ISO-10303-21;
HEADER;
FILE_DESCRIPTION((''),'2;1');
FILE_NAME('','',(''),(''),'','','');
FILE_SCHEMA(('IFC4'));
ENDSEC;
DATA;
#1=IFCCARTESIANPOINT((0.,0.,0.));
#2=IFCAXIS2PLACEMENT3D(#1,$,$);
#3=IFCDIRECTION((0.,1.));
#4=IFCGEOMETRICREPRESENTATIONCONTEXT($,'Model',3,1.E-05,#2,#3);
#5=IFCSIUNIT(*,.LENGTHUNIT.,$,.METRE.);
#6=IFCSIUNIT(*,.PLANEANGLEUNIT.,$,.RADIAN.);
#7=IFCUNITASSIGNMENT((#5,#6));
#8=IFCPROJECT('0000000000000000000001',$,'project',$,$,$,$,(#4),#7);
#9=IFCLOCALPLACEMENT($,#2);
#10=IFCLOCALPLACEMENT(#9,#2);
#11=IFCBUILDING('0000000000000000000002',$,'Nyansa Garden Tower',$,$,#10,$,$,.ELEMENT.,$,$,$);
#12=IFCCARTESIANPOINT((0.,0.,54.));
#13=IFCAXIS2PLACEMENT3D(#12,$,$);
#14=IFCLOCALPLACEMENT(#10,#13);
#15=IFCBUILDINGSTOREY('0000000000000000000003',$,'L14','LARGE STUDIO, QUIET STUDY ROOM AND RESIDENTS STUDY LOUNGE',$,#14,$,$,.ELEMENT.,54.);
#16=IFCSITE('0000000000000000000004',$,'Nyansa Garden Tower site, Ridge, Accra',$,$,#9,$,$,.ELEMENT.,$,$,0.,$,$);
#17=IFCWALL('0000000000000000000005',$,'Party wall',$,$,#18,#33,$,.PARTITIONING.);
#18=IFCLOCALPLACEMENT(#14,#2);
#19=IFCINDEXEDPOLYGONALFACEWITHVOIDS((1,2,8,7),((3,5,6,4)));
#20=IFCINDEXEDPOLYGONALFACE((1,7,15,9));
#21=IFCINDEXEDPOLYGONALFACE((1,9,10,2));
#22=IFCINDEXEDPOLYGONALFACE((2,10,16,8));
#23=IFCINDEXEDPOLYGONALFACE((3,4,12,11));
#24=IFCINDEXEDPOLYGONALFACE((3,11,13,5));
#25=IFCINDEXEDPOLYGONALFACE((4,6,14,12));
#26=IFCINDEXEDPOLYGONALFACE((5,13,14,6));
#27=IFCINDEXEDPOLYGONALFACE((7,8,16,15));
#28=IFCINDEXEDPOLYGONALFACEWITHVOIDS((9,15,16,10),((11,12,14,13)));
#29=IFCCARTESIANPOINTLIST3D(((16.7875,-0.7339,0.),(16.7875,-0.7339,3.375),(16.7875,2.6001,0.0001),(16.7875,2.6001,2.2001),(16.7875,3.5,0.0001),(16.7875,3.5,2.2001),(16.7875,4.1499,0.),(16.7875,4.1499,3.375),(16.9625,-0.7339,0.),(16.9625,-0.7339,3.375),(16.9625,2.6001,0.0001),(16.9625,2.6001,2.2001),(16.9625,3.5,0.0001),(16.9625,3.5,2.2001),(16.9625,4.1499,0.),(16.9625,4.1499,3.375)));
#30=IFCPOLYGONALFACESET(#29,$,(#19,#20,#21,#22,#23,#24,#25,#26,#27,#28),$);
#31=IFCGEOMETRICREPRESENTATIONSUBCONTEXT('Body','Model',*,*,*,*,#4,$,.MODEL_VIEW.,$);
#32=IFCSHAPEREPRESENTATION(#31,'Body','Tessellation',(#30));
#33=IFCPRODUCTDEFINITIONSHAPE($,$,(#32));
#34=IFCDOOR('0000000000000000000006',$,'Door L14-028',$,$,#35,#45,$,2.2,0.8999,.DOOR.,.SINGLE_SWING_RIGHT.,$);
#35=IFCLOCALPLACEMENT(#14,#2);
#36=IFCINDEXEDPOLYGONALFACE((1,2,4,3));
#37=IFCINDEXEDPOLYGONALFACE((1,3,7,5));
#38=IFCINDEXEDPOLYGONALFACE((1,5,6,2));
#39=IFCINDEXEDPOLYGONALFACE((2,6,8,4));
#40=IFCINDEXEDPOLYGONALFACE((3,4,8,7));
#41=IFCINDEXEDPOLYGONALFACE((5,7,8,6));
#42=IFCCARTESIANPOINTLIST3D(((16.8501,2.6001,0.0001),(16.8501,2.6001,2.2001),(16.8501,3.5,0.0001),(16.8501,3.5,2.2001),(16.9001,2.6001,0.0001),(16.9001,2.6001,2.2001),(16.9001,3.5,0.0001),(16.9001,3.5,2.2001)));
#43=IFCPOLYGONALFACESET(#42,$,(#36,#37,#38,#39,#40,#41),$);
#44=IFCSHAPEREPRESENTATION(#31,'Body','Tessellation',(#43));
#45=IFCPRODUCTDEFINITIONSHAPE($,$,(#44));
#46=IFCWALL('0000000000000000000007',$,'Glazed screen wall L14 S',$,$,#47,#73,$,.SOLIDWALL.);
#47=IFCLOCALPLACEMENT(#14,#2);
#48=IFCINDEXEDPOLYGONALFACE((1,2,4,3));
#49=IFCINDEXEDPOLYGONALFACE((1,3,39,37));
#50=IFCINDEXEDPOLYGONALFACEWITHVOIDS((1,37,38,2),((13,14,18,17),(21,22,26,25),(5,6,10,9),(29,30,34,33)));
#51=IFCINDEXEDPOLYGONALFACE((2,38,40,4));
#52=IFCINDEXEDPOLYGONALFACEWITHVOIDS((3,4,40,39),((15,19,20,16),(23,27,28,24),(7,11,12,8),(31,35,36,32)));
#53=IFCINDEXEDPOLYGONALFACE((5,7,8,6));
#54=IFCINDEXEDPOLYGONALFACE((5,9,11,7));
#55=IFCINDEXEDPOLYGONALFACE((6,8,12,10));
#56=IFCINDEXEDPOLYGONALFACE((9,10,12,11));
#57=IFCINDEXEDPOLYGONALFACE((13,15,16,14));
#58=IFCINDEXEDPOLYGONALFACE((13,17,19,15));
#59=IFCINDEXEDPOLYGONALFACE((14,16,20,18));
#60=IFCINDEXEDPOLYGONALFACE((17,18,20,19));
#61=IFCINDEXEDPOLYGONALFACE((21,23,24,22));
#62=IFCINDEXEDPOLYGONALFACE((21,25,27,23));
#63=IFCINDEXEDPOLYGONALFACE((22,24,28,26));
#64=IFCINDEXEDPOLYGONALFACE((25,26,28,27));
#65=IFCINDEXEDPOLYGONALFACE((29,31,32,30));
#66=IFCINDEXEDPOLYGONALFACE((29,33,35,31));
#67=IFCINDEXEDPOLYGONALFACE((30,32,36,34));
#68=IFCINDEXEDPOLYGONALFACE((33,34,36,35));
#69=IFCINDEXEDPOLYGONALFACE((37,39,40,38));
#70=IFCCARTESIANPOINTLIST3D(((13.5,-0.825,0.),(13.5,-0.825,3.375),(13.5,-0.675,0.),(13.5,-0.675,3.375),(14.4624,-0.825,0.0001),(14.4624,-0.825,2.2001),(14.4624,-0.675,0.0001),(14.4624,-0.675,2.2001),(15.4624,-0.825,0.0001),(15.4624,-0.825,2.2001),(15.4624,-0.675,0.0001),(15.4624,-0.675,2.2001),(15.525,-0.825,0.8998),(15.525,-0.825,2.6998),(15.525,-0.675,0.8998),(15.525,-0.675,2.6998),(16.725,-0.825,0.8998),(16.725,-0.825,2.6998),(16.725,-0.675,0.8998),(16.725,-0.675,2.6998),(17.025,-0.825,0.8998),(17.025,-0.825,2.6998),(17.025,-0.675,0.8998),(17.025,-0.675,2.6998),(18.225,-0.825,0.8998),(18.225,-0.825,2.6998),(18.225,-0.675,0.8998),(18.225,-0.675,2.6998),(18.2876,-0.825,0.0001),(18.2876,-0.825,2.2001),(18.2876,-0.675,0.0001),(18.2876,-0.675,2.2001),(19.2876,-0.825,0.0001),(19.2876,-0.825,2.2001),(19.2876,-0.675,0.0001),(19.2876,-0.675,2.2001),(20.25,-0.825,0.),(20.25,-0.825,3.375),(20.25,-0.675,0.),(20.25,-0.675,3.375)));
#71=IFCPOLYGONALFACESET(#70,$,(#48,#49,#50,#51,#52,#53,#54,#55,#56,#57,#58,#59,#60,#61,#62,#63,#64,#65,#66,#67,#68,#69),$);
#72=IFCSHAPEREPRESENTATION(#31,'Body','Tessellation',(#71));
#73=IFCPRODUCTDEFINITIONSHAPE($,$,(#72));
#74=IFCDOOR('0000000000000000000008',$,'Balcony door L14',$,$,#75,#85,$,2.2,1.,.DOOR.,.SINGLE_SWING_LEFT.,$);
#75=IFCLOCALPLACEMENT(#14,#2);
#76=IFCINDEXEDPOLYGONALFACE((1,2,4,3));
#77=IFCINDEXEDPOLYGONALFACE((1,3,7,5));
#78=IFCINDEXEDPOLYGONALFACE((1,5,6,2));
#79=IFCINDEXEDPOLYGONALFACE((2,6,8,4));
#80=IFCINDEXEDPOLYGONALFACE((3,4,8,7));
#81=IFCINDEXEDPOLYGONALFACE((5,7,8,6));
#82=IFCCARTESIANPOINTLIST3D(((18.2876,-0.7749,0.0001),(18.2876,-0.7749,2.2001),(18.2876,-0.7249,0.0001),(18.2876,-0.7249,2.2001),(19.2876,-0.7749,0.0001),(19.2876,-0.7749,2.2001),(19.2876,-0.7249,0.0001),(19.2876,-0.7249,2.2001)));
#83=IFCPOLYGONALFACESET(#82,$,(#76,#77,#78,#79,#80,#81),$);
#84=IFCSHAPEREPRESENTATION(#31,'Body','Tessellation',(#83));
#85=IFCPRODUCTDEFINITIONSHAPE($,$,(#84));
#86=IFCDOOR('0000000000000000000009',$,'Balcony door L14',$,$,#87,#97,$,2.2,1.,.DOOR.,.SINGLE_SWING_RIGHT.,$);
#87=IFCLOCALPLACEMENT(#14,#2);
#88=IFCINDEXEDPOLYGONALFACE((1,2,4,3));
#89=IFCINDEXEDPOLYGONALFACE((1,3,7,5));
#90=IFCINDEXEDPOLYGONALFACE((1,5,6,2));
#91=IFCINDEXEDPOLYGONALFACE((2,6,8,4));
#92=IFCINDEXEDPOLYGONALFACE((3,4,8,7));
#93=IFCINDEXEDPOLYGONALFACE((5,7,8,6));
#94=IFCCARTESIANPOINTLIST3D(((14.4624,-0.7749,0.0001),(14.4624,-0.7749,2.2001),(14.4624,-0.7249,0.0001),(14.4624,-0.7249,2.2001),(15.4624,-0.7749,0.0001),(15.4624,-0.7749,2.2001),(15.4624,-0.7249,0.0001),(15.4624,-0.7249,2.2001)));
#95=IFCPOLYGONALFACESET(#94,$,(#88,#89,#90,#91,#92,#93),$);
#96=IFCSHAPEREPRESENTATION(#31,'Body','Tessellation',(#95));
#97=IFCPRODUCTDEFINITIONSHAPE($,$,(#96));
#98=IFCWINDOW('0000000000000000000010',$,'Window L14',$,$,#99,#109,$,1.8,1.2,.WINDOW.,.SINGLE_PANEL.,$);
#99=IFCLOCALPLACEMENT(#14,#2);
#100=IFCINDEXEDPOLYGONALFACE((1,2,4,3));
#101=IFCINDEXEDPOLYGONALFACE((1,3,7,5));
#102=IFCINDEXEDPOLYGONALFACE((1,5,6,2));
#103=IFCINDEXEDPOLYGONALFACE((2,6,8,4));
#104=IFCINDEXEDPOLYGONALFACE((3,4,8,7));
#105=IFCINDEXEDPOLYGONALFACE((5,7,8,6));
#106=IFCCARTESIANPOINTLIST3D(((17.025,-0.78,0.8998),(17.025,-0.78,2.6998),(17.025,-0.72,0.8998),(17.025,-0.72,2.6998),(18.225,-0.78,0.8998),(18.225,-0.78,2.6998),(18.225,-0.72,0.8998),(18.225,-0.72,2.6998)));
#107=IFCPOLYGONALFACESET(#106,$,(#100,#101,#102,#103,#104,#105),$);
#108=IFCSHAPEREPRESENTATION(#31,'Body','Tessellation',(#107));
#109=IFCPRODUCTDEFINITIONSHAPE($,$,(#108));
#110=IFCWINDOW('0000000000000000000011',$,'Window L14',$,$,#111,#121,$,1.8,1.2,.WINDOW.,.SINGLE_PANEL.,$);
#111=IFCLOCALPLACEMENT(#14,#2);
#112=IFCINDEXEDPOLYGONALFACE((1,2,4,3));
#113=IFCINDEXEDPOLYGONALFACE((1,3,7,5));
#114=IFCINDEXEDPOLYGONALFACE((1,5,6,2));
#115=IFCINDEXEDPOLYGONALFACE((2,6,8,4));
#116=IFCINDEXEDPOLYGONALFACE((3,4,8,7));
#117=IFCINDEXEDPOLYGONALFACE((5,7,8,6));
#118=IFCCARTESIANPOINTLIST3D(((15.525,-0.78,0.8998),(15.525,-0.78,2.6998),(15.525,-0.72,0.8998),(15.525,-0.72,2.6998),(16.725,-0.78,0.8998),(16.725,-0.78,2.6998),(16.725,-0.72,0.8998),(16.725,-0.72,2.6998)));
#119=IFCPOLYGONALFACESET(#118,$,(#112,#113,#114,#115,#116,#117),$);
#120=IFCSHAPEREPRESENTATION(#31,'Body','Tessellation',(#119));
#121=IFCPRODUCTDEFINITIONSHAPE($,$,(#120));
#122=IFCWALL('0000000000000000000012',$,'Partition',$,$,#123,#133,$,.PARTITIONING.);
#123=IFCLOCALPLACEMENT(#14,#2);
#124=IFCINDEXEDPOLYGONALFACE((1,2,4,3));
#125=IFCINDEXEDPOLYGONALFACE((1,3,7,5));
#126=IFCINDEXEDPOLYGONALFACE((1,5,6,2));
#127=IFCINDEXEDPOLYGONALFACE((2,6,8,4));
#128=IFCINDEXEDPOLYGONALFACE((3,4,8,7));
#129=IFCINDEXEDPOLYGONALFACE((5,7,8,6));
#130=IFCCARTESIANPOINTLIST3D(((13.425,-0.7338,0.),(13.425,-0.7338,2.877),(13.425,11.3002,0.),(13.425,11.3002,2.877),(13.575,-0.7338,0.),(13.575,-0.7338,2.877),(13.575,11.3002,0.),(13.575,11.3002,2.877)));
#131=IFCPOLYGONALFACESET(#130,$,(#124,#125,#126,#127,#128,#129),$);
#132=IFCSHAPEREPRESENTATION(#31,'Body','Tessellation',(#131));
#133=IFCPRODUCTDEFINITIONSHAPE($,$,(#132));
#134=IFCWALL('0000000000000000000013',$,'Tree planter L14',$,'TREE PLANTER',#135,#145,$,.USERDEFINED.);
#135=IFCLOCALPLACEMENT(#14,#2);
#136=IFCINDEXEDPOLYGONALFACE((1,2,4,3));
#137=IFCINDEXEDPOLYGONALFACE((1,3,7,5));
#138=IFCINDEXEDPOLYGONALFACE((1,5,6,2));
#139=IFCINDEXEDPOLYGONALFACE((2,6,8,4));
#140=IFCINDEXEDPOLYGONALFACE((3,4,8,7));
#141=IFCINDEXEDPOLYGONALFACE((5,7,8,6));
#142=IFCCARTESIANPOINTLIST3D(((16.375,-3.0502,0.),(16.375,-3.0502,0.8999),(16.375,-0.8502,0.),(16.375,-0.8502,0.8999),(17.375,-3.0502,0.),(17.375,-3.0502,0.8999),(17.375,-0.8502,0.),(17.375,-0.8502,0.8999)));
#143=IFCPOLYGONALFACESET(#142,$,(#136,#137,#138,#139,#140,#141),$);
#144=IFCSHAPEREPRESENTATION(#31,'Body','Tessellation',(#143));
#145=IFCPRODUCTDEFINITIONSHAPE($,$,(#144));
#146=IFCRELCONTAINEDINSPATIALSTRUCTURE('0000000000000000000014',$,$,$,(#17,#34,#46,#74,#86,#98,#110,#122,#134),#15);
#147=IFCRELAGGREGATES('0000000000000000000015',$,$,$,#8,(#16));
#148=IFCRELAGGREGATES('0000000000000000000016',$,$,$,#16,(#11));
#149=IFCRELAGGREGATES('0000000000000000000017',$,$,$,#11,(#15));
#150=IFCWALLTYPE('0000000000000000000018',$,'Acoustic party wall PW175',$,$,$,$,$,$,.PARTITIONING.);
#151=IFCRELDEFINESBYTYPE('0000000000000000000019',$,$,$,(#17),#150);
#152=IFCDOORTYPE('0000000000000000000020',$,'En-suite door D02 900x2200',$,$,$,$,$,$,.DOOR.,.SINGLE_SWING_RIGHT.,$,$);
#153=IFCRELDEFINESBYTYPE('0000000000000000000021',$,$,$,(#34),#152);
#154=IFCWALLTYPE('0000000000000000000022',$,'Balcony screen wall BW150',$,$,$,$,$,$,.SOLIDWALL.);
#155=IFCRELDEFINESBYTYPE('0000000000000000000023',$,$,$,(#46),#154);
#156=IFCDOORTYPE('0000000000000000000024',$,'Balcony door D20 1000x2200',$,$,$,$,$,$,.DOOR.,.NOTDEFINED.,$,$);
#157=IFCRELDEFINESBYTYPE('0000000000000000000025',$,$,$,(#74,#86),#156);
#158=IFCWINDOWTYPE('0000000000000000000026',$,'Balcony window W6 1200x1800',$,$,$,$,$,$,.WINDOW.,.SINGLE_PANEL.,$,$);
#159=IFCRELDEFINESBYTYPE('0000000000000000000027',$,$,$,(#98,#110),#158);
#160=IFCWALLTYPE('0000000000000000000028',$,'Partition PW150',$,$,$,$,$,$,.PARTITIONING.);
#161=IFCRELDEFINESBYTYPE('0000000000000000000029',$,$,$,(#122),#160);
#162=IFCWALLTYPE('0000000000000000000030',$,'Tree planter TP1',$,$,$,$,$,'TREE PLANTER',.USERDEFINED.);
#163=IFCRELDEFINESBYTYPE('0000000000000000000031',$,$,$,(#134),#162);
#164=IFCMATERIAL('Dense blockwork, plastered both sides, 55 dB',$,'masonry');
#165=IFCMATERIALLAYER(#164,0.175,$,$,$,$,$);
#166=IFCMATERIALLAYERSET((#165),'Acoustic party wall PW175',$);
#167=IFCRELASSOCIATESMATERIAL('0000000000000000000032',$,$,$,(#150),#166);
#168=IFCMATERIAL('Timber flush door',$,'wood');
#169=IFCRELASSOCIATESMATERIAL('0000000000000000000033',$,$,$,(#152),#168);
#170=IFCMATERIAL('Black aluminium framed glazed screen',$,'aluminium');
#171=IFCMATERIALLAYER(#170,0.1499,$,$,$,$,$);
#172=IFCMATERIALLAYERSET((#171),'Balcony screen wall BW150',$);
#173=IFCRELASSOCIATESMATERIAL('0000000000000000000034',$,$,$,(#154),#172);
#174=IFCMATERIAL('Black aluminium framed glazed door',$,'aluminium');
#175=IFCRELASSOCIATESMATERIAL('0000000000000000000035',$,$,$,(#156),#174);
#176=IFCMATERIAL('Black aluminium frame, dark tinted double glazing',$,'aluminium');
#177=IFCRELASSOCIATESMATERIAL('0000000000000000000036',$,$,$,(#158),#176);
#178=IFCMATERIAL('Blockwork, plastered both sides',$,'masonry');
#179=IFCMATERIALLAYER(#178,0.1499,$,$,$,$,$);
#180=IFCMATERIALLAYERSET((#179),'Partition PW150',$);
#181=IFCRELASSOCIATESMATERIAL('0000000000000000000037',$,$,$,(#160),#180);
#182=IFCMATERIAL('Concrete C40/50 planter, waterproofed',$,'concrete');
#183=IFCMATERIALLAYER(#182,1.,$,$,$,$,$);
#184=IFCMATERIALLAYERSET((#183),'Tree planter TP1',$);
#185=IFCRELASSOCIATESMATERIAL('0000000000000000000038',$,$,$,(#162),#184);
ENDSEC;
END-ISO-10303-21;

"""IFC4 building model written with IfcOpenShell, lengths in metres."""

from ifc_helpers import new_model, si_unit, direction, frame, frame_2d, origin, place, context, subcontext, project, spatial, rectangle, extrude, material, layer, layer_set, type_object, element, fill, save


model = new_model("IFC4")

# Units and contexts
model_context = context("Model", 3, precision=1e-05, world=origin(), true_north=direction((0.0, 1.0)))
body_context = subcontext(model_context, "Body", "Model", "MODEL_VIEW")
ifc_project = project(units=[si_unit("LENGTHUNIT", "METRE"), si_unit("PLANEANGLEUNIT", "RADIAN")], contexts=[model_context])

# Site, building, storey
site_placement = place(None, origin())
site = spatial("IfcSite", under=ifc_project, at=site_placement, Name="Nyansa Garden Tower site, Ridge, Accra", CompositionType="ELEMENT", RefElevation=0.0)
building_placement = place(site_placement, origin())
building = spatial("IfcBuilding", under=site, at=building_placement, Name="Nyansa Garden Tower", CompositionType="ELEMENT")
storey_placement = place(building_placement, frame((0.0, 0.0, 54.0)))
storey = spatial("IfcBuildingStorey", under=building, at=storey_placement, Name="L14", Description="LARGE STUDIO, QUIET STUDY ROOM AND RESIDENTS STUDY LOUNGE", CompositionType="ELEMENT", Elevation=54.0)

# Shared definitions
ifc_material_1 = material(Name="Dense blockwork, plastered both sides, 55 dB", Category="masonry")
ifc_layer_1 = layer(ifc_material_1, 0.175)
ifc_layer_set_1 = layer_set([ifc_layer_1], Name="Acoustic party wall PW175")
wall_type_1 = type_object("IfcWallType", Name="Acoustic party wall PW175", PredefinedType="PARTITIONING", material=ifc_layer_set_1)

# Wall, opening, door
wall_1_placement = place(storey_placement, frame((16.875, -0.7339, 0.0), z_axis=(0.0, 0.0, 1.0), x_axis=(0.0, 1.0, 0.0)))
wall_1 = element("IfcWall", 1, at=wall_1_placement, inside=storey, type_object=wall_type_1, Name="Party wall", PredefinedType="PARTITIONING", context=body_context, shape_type="SweptSolid", body=[
    extrude(rectangle(XDim=4.8838, YDim=0.175, at=frame_2d((2.4419, 0.0))), origin(), (0.0, 0.0, 1.0), 3.375),
])
opening_1_placement = place(wall_1_placement, frame((3.334, 0.0, 0.0)))
opening_1 = element("IfcOpeningElement", 2, at=opening_1_placement, cuts=wall_1, PredefinedType="OPENING", context=body_context, shape_type="SweptSolid", body=[
    extrude(rectangle(XDim=0.8999, YDim=2.2, at=frame_2d((0.45, 1.1001))), frame((0.0, 0.0974, 0.0), z_axis=(0.0, -1.0, 0.0), x_axis=(1.0, 0.0, 0.0)), (0.0, 0.0, 1.0), 0.1951),
])
ifc_material_2 = material(Name="Timber flush door", Category="wood")
door_type_1 = type_object("IfcDoorType", Name="En-suite door D02 900x2200", OperationType="SINGLE_SWING_RIGHT", PredefinedType="DOOR", material=ifc_material_2)
door_1_placement = place(opening_1_placement, origin())
door_1 = element("IfcDoor", 3, at=door_1_placement, inside=storey, type_object=door_type_1, Name="Door L14-028", OperationType="SINGLE_SWING_RIGHT", OverallHeight=2.2, OverallWidth=0.8999, PredefinedType="DOOR", context=body_context, shape_type="SweptSolid", body=[
    extrude(rectangle(XDim=0.8999, YDim=2.2, at=frame_2d((0.45, 1.1001))), frame((0.0, 0.0249, 0.0), z_axis=(0.0, -1.0, 0.0), x_axis=(1.0, 0.0, 0.0)), (0.0, 0.0, 1.0), 0.05),
])
fill(opening_1, door_1)

# Wall, openings, doors, windows
ifc_material_3 = material(Name="Black aluminium framed glazed screen", Category="aluminium")
ifc_layer_2 = layer(ifc_material_3, 0.1499)
ifc_layer_set_2 = layer_set([ifc_layer_2], Name="Balcony screen wall BW150")
wall_type_2 = type_object("IfcWallType", Name="Balcony screen wall BW150", PredefinedType="SOLIDWALL", material=ifc_layer_set_2)
wall_2_placement = place(storey_placement, frame((20.25, -0.75, 0.0), z_axis=(0.0, 0.0, 1.0), x_axis=(-1.0, 0.0, 0.0)))
wall_2 = element("IfcWall", 4, at=wall_2_placement, inside=storey, type_object=wall_type_2, Name="Glazed screen wall L14 S", PredefinedType="SOLIDWALL", context=body_context, shape_type="SweptSolid", body=[
    extrude(rectangle(XDim=6.75, YDim=0.1499, at=frame_2d((3.375, 0.0))), origin(), (0.0, 0.0, 1.0), 3.375),
])
opening_2_placement = place(wall_2_placement, frame((0.9624, 0.0, 0.0)))
opening_2 = element("IfcOpeningElement", 5, at=opening_2_placement, cuts=wall_2, PredefinedType="OPENING", context=body_context, shape_type="SweptSolid", body=[
    extrude(rectangle(XDim=1.0, YDim=2.2, at=frame_2d((0.5, 1.1001))), frame((0.0, 0.085, 0.0), z_axis=(0.0, -1.0, 0.0), x_axis=(1.0, 0.0, 0.0)), (0.0, 0.0, 1.0), 0.1699),
])
opening_3_placement = place(wall_2_placement, frame((2.0249, 0.0, 0.8999)))
opening_3 = element("IfcOpeningElement", 6, at=opening_3_placement, cuts=wall_2, PredefinedType="OPENING", context=body_context, shape_type="SweptSolid", body=[
    extrude(rectangle(XDim=1.2, YDim=1.8, at=frame_2d((0.6001, 0.8999))), frame((0.0, 0.085, 0.0), z_axis=(0.0, -1.0, 0.0), x_axis=(1.0, 0.0, 0.0)), (0.0, 0.0, 1.0), 0.1699),
])
opening_4_placement = place(wall_2_placement, frame((4.7876, 0.0, 0.0)))
opening_4 = element("IfcOpeningElement", 7, at=opening_4_placement, cuts=wall_2, PredefinedType="OPENING", context=body_context, shape_type="SweptSolid", body=[
    extrude(rectangle(XDim=1.0, YDim=2.2, at=frame_2d((0.5, 1.1001))), frame((0.0, 0.085, 0.0), z_axis=(0.0, -1.0, 0.0), x_axis=(1.0, 0.0, 0.0)), (0.0, 0.0, 1.0), 0.1699),
])
opening_5_placement = place(wall_2_placement, frame((3.5249, 0.0, 0.8999)))
opening_5 = element("IfcOpeningElement", 8, at=opening_5_placement, cuts=wall_2, PredefinedType="OPENING", context=body_context, shape_type="SweptSolid", body=[
    extrude(rectangle(XDim=1.2, YDim=1.8, at=frame_2d((0.6001, 0.8999))), frame((0.0, 0.085, 0.0), z_axis=(0.0, -1.0, 0.0), x_axis=(1.0, 0.0, 0.0)), (0.0, 0.0, 1.0), 0.1699),
])
ifc_material_4 = material(Name="Black aluminium framed glazed door", Category="aluminium")
door_type_2 = type_object("IfcDoorType", Name="Balcony door D20 1000x2200", OperationType="NOTDEFINED", PredefinedType="DOOR", material=ifc_material_4)
door_2_placement = place(opening_2_placement, origin())
door_2 = element("IfcDoor", 9, at=door_2_placement, inside=storey, type_object=door_type_2, Name="Balcony door L14", OperationType="SINGLE_SWING_LEFT", OverallHeight=2.2, OverallWidth=1.0, PredefinedType="DOOR", context=body_context, shape_type="SweptSolid", body=[
    extrude(rectangle(XDim=1.0, YDim=2.2, at=frame_2d((0.5, 1.1001))), frame((0.0, 0.0249, 0.0), z_axis=(0.0, -1.0, 0.0), x_axis=(1.0, 0.0, 0.0)), (0.0, 0.0, 1.0), 0.05),
])
fill(opening_2, door_2)
door_3_placement = place(opening_4_placement, origin())
door_3 = element("IfcDoor", 10, at=door_3_placement, inside=storey, type_object=door_type_2, Name="Balcony door L14", OperationType="SINGLE_SWING_RIGHT", OverallHeight=2.2, OverallWidth=1.0, PredefinedType="DOOR", context=body_context, shape_type="SweptSolid", body=[
    extrude(rectangle(XDim=1.0, YDim=2.2, at=frame_2d((0.5, 1.1001))), frame((0.0, 0.0249, 0.0), z_axis=(0.0, -1.0, 0.0), x_axis=(1.0, 0.0, 0.0)), (0.0, 0.0, 1.0), 0.05),
])
fill(opening_4, door_3)
ifc_material_5 = material(Name="Black aluminium frame, dark tinted double glazing", Category="aluminium")
window_type = type_object("IfcWindowType", Name="Balcony window W6 1200x1800", PartitioningType="SINGLE_PANEL", PredefinedType="WINDOW", material=ifc_material_5)
window_1_placement = place(opening_3_placement, origin())
window_1 = element("IfcWindow", 11, at=window_1_placement, inside=storey, type_object=window_type, Name="Window L14", OverallHeight=1.8, OverallWidth=1.2, PartitioningType="SINGLE_PANEL", PredefinedType="WINDOW", context=body_context, shape_type="SweptSolid", body=[
    extrude(rectangle(XDim=1.2, YDim=1.8, at=frame_2d((0.6001, 0.8999))), frame((0.0, 0.03, 0.0), z_axis=(0.0, -1.0, 0.0), x_axis=(1.0, 0.0, 0.0)), (0.0, 0.0, 1.0), 0.0601),
])
fill(opening_3, window_1)
window_2_placement = place(opening_5_placement, origin())
window_2 = element("IfcWindow", 12, at=window_2_placement, inside=storey, type_object=window_type, Name="Window L14", OverallHeight=1.8, OverallWidth=1.2, PartitioningType="SINGLE_PANEL", PredefinedType="WINDOW", context=body_context, shape_type="SweptSolid", body=[
    extrude(rectangle(XDim=1.2, YDim=1.8, at=frame_2d((0.6001, 0.8999))), frame((0.0, 0.03, 0.0), z_axis=(0.0, -1.0, 0.0), x_axis=(1.0, 0.0, 0.0)), (0.0, 0.0, 1.0), 0.0601),
])
fill(opening_5, window_2)

# Walls
ifc_material_6 = material(Name="Blockwork, plastered both sides", Category="masonry")
ifc_layer_3 = layer(ifc_material_6, 0.1499)
ifc_layer_set_3 = layer_set([ifc_layer_3], Name="Partition PW150")
wall_type_3 = type_object("IfcWallType", Name="Partition PW150", PredefinedType="PARTITIONING", material=ifc_layer_set_3)
wall_3_placement = place(storey_placement, frame((13.5, -0.7339, 0.0), z_axis=(0.0, 0.0, 1.0), x_axis=(0.0, 1.0, 0.0)))
element("IfcWall", 13, at=wall_3_placement, inside=storey, type_object=wall_type_3, Name="Partition", PredefinedType="PARTITIONING", context=body_context, shape_type="SweptSolid", body=[
    extrude(rectangle(XDim=12.0339, YDim=0.1499, at=frame_2d((6.0171, 0.0))), origin(), (0.0, 0.0, 1.0), 2.877),
])
ifc_material_7 = material(Name="Concrete C40/50 planter, waterproofed", Category="concrete")
ifc_layer_4 = layer(ifc_material_7, 1.0)
ifc_layer_set_4 = layer_set([ifc_layer_4], Name="Tree planter TP1")
wall_type_4 = type_object("IfcWallType", Name="Tree planter TP1", ElementType="TREE PLANTER", PredefinedType="USERDEFINED", material=ifc_layer_set_4)
wall_4_placement = place(storey_placement, frame((16.875, -0.8501, 0.0), z_axis=(0.0, 0.0, 1.0), x_axis=(0.0, -1.0, 0.0)))
element("IfcWall", 14, at=wall_4_placement, inside=storey, type_object=wall_type_4, Name="Tree planter L14", ObjectType="TREE PLANTER", PredefinedType="USERDEFINED", context=body_context, shape_type="SweptSolid", body=[
    extrude(rectangle(XDim=2.2, YDim=1.0, at=frame_2d((1.1001, 0.0))), origin(), (0.0, 0.0, 1.0), 0.8999),
])

save(model, "model.ifc")
